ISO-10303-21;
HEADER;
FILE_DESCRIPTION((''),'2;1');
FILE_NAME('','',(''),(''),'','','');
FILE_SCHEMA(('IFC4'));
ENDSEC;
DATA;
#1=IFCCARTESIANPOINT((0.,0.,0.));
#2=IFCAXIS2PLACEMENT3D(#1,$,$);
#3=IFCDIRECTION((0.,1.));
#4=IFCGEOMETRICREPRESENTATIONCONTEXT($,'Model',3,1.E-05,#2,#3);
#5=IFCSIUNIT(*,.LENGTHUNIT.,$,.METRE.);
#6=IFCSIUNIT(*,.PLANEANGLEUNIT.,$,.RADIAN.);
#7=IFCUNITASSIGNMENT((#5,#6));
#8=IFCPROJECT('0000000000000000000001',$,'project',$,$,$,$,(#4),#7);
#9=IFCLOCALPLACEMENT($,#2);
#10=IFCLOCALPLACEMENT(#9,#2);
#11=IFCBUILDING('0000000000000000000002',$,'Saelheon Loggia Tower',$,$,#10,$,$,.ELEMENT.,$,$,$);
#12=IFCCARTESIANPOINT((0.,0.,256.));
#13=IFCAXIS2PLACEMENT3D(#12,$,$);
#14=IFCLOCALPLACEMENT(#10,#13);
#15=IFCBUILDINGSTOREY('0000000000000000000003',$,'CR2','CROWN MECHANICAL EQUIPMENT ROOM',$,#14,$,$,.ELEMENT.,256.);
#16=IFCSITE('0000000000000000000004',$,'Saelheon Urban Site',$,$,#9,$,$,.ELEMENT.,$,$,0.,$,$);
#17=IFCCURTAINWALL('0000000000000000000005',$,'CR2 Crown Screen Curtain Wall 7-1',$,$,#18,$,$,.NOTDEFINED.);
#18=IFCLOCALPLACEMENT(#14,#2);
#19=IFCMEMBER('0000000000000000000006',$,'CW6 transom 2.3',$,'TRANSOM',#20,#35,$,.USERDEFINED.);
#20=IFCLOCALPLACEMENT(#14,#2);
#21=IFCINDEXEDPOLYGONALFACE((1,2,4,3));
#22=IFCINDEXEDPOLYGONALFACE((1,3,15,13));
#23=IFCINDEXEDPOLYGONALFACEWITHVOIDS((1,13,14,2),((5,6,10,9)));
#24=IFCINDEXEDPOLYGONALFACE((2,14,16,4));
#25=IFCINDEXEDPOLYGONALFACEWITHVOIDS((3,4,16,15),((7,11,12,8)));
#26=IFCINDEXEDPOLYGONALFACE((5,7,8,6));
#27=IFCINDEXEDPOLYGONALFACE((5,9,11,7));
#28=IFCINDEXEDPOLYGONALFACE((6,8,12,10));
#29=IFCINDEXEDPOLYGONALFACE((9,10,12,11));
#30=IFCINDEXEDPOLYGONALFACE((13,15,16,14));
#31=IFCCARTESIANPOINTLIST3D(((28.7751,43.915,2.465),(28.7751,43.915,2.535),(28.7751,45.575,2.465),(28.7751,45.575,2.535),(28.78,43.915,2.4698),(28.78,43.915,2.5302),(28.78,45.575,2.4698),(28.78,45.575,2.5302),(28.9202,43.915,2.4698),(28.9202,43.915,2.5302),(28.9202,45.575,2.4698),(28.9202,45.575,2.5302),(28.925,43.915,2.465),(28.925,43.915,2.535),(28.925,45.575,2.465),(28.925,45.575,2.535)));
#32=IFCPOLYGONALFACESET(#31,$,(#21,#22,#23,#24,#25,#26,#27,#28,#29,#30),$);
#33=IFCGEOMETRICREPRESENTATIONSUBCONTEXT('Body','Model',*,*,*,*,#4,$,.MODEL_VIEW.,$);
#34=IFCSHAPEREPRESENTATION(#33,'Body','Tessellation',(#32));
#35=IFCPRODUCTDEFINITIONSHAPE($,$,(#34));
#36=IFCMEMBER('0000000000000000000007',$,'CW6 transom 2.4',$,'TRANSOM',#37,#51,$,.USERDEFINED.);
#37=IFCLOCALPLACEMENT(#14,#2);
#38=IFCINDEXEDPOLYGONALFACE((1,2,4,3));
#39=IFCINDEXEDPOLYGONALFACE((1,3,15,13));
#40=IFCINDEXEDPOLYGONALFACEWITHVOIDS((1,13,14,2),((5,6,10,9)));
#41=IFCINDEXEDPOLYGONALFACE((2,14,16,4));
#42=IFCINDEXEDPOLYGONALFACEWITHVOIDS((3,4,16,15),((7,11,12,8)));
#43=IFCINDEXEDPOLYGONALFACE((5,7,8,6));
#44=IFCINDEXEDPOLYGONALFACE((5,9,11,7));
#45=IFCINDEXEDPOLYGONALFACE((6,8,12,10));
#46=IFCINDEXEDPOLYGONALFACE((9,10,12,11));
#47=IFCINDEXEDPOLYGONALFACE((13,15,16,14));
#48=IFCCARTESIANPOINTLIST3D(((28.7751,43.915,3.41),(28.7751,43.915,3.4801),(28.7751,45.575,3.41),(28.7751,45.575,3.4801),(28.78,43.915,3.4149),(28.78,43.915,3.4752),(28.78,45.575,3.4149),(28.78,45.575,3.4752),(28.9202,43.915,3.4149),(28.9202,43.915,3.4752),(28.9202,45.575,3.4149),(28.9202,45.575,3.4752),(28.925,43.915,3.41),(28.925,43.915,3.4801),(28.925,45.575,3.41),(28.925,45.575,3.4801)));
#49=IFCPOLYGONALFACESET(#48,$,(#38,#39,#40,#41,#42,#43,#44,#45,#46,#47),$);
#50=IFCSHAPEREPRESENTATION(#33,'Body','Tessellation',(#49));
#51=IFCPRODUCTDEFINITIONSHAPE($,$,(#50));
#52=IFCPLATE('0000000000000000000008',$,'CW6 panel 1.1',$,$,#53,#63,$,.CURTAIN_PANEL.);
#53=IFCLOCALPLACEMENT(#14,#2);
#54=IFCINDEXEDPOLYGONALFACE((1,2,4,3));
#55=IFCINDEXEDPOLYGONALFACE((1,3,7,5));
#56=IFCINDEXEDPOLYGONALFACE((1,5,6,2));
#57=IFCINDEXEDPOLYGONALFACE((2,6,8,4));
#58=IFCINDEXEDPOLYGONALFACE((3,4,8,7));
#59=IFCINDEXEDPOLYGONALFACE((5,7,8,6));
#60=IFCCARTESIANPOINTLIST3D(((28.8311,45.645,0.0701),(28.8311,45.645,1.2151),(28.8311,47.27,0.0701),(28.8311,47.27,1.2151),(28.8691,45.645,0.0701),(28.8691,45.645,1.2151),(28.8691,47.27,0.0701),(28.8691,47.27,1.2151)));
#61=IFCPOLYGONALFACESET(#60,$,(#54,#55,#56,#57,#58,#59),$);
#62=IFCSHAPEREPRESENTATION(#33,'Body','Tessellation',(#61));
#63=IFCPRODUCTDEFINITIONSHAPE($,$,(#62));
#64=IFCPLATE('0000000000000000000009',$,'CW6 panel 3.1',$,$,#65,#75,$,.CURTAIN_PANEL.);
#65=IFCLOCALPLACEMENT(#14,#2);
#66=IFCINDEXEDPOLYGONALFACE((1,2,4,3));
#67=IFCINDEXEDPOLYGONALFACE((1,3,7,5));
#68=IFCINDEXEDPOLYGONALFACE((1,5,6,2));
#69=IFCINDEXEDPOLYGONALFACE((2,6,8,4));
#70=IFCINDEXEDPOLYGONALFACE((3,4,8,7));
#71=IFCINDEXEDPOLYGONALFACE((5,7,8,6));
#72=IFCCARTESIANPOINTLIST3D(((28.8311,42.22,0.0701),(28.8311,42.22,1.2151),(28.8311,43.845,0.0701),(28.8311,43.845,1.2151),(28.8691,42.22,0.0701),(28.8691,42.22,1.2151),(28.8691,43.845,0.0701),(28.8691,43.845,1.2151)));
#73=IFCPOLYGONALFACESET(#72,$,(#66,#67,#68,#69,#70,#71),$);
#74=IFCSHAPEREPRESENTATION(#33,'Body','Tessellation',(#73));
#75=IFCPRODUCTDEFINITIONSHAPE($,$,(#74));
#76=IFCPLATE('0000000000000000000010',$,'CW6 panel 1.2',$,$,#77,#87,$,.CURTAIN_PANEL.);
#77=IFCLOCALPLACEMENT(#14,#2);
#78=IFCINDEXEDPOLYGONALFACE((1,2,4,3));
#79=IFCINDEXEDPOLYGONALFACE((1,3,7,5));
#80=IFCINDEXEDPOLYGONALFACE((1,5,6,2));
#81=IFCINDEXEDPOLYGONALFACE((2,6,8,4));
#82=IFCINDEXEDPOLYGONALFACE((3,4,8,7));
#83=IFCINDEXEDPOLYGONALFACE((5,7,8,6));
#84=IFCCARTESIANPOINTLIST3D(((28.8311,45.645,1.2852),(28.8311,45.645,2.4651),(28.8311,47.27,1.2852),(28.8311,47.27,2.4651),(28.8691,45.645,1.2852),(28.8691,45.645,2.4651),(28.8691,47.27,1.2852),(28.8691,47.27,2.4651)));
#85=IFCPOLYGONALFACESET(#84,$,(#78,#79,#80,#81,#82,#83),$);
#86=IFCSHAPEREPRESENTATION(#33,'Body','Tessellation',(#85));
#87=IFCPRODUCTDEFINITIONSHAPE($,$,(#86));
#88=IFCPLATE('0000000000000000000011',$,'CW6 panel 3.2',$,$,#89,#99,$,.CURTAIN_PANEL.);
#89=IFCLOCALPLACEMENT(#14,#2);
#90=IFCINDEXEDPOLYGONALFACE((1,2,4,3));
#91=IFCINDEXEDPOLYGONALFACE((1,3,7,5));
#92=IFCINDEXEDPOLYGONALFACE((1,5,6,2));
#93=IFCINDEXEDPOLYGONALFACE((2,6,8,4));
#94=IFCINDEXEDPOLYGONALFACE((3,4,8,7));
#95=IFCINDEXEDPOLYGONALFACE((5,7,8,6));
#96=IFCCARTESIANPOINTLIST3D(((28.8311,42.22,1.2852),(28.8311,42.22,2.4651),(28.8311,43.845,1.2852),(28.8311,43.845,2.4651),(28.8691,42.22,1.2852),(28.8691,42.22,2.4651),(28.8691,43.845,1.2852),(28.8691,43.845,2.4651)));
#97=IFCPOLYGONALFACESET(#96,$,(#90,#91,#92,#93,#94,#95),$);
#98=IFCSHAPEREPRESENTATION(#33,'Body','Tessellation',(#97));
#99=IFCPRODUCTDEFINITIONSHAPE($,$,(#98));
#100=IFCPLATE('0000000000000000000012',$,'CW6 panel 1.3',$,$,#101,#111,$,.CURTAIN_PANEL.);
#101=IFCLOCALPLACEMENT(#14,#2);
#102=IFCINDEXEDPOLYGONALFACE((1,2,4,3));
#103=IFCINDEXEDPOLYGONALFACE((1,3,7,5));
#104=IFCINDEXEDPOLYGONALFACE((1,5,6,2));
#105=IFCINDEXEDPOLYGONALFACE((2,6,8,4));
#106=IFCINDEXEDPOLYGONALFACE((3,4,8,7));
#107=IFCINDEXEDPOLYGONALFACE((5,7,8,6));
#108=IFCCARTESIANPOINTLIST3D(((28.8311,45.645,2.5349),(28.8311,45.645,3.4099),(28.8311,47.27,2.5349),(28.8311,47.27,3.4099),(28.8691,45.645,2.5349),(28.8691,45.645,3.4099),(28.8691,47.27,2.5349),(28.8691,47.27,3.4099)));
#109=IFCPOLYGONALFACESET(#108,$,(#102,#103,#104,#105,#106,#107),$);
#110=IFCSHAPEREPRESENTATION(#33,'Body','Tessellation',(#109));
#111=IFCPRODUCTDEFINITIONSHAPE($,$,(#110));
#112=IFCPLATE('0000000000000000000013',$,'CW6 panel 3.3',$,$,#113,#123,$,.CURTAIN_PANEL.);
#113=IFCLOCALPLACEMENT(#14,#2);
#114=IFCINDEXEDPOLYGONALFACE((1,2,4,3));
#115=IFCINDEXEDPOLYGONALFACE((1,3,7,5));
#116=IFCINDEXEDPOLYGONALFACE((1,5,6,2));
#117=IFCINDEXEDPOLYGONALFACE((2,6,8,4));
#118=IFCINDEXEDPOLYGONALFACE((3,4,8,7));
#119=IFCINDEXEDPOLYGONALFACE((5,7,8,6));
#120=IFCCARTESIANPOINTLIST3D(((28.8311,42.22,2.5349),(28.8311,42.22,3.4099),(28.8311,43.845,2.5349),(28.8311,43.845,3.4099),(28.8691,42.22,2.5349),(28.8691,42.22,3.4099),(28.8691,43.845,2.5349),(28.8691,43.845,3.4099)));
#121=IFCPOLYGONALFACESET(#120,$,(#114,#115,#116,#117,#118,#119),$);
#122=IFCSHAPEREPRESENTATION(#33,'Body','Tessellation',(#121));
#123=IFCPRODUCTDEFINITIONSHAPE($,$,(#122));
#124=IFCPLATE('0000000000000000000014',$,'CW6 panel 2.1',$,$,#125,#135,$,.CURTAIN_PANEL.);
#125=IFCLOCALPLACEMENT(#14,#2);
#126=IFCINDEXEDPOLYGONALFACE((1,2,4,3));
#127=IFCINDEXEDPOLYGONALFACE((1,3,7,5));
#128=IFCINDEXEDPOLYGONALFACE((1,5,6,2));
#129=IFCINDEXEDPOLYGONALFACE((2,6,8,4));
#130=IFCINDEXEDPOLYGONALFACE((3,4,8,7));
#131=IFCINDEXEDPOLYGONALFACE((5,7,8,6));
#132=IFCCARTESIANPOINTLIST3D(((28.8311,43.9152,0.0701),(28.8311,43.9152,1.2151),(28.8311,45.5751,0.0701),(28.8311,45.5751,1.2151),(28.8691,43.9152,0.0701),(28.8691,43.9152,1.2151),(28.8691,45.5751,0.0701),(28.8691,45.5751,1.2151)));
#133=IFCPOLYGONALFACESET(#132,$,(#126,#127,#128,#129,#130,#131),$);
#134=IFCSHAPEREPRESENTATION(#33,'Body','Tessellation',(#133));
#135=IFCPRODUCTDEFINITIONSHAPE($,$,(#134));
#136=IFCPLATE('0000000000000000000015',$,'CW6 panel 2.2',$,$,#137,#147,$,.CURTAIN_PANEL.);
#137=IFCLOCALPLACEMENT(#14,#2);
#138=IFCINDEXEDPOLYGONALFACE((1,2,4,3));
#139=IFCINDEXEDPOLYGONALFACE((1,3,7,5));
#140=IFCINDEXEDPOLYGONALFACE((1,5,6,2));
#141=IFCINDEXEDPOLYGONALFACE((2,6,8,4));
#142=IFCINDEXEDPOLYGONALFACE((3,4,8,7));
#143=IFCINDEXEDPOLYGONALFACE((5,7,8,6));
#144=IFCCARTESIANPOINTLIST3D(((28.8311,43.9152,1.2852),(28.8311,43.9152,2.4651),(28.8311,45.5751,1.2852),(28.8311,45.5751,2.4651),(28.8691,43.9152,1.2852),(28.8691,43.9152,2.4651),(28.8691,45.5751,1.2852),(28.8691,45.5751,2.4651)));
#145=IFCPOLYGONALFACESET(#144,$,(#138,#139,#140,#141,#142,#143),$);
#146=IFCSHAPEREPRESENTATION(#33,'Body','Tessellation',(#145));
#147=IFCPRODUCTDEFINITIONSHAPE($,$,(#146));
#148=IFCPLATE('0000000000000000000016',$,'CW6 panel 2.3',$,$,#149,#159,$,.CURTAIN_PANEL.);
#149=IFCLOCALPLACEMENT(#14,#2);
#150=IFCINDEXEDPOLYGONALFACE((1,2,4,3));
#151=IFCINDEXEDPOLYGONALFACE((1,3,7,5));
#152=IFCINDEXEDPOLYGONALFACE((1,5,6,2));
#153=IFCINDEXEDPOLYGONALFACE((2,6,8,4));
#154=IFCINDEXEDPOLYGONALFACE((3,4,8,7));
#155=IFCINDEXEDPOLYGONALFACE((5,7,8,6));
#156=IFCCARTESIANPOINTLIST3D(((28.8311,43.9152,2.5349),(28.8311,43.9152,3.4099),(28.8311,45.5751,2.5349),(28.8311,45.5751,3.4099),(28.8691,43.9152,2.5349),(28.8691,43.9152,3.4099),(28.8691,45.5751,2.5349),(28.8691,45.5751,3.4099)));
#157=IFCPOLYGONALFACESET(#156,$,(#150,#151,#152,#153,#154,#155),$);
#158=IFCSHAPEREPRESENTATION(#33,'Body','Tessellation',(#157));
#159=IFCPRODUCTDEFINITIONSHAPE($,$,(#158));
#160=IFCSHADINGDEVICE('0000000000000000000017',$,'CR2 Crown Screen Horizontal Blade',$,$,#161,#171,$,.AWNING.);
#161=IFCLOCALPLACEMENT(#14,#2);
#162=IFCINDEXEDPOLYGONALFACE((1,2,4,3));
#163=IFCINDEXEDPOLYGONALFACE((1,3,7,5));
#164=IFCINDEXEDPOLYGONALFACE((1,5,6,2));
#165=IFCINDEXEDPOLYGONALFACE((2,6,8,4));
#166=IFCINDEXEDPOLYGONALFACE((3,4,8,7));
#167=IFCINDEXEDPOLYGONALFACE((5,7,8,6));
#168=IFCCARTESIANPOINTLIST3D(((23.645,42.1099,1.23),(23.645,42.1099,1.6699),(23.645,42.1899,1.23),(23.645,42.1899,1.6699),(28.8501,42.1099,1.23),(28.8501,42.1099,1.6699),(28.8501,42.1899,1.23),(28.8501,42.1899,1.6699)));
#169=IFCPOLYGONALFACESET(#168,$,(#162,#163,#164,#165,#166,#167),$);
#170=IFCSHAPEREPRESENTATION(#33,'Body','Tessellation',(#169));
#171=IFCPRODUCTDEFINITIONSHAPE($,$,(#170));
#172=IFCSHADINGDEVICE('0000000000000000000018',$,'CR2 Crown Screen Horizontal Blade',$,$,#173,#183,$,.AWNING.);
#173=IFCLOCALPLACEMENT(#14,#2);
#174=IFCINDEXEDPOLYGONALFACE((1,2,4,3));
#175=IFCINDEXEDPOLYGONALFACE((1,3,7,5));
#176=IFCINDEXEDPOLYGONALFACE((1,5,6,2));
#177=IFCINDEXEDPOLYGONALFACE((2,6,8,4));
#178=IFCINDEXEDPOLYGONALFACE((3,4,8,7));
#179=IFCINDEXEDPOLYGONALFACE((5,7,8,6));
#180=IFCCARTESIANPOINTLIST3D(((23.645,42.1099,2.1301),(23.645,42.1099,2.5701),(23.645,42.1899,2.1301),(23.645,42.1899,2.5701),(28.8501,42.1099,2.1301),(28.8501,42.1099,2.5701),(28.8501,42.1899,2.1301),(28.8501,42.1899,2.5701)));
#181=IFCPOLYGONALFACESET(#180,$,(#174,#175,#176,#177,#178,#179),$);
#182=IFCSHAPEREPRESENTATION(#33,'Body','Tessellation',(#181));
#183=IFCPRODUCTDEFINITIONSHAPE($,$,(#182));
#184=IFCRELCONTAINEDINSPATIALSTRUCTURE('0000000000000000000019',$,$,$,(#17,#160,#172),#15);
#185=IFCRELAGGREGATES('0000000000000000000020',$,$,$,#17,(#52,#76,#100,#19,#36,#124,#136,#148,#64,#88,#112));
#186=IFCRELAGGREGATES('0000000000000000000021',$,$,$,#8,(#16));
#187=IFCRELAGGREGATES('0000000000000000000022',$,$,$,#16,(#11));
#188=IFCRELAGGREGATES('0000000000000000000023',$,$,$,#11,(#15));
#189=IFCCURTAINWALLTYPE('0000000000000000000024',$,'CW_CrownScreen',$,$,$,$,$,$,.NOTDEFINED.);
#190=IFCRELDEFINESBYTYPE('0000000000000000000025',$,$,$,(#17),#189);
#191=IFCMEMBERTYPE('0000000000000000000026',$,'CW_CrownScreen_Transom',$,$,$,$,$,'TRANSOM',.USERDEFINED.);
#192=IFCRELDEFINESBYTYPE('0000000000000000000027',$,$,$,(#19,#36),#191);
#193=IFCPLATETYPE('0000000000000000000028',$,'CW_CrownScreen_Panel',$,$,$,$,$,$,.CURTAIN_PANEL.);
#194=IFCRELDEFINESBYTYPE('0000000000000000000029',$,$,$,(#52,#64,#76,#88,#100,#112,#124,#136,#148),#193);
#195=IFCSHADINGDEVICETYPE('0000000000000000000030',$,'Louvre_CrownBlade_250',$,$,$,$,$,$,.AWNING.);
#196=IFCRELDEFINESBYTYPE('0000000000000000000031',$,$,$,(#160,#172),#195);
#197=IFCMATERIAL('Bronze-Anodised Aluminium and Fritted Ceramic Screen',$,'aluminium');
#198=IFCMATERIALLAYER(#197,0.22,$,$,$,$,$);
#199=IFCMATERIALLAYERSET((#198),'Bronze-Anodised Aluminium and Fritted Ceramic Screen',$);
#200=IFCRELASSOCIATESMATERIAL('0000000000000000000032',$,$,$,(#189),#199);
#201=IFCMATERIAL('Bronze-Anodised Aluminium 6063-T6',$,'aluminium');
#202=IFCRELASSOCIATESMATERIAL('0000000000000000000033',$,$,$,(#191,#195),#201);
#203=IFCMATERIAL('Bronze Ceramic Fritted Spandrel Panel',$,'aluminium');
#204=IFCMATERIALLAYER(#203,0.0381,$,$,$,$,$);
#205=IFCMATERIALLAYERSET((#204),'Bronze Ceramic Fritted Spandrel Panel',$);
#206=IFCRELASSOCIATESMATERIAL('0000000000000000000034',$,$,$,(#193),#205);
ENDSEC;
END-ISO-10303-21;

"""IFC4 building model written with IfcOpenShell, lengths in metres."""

from ifc_helpers import new_model, si_unit, direction, frame, origin, origin_2d, place, context, subcontext, project, spatial, rectangle, hollow_rectangle, extrude, source, transform, mapped, material, layer, layer_set, material_profile, profile_set, type_object, element, aggregate, save


model = new_model("IFC4")

# Units and contexts
model_context = context("Model", 3, precision=1e-05, world=origin(), true_north=direction((0.0, 1.0)))
body_context = subcontext(model_context, "Body", "Model", "MODEL_VIEW")
ifc_project = project(units=[si_unit("LENGTHUNIT", "METRE"), si_unit("PLANEANGLEUNIT", "RADIAN")], contexts=[model_context])

# Site, building, storey
site_placement = place(None, origin())
site = spatial("IfcSite", under=ifc_project, at=site_placement, Name="Saelheon Urban Site", CompositionType="ELEMENT", RefElevation=0.0)
building_placement = place(site_placement, origin())
building = spatial("IfcBuilding", under=site, at=building_placement, Name="Saelheon Loggia Tower", CompositionType="ELEMENT")
storey_placement = place(building_placement, frame((0.0, 0.0, 256.0)))
storey = spatial("IfcBuildingStorey", under=building, at=storey_placement, Name="CR2", Description="CROWN MECHANICAL EQUIPMENT ROOM", CompositionType="ELEMENT", Elevation=256.0)

# Curtain wall, members, plates
ifc_material_1 = material(Name="Bronze-Anodised Aluminium and Fritted Ceramic Screen", Category="aluminium")
ifc_layer_1 = layer(ifc_material_1, 0.22)
ifc_layer_set_1 = layer_set([ifc_layer_1], Name="Bronze-Anodised Aluminium and Fritted Ceramic Screen")
curtain_wall_type = type_object("IfcCurtainWallType", Name="CW_CrownScreen", PredefinedType="NOTDEFINED", material=ifc_layer_set_1)
curtain_wall_placement = place(storey_placement, origin())
curtain_wall = element("IfcCurtainWall", 1, at=curtain_wall_placement, inside=storey, type_object=curtain_wall_type, Name="CR2 Crown Screen Curtain Wall 7-1", PredefinedType="NOTDEFINED")
ifc_material_2 = material(Name="Bronze-Anodised Aluminium 6063-T6", Category="aluminium")
ifc_material_profile_1 = material_profile(ifc_material_2, hollow_rectangle(XDim=0.0701, YDim=0.1499, WallThickness=0.0049, at=origin_2d()), Name="RHS-150x70x5")
ifc_profile_set_1 = profile_set([ifc_material_profile_1], Name="Bronze-Anodised Aluminium 6063-T6")
member_type_1 = type_object("IfcMemberType", Name="CW_CrownScreen_Transom", ElementType="TRANSOM", PredefinedType="USERDEFINED", material=ifc_profile_set_1)
shared_shape_1 = source(origin(), body_context, "Body", "SweptSolid", [
    extrude(hollow_rectangle(XDim=0.0701, YDim=0.1499, WallThickness=0.0049, at=origin_2d()), origin(), (0.0, 0.0, 1.0), 1.6599),
])
member_1_placement = place(storey_placement, frame((28.8501, 45.575, 2.5), z_axis=(0.0, -1.0, 0.0), x_axis=(0.0, 0.0, 1.0)))
member_1 = element("IfcMember", 2, at=member_1_placement, type_object=member_type_1, Name="CW6 transom 2.3", ObjectType="TRANSOM", PredefinedType="USERDEFINED", context=body_context, shape_type="MappedRepresentation", body=[
    mapped(shared_shape_1, transform((0.0, 0.0, 0.0), scale=1.0)),
])
member_2_placement = place(storey_placement, frame((28.8501, 45.575, 3.4451), z_axis=(0.0, -1.0, 0.0), x_axis=(0.0, 0.0, 1.0)))
member_2 = element("IfcMember", 3, at=member_2_placement, type_object=member_type_1, Name="CW6 transom 2.4", ObjectType="TRANSOM", PredefinedType="USERDEFINED", context=body_context, shape_type="MappedRepresentation", body=[
    mapped(shared_shape_1, transform((0.0, 0.0, 0.0), scale=1.0)),
])
ifc_material_3 = material(Name="Bronze Ceramic Fritted Spandrel Panel", Category="aluminium")
ifc_layer_2 = layer(ifc_material_3, 0.0381)
ifc_layer_set_2 = layer_set([ifc_layer_2], Name="Bronze Ceramic Fritted Spandrel Panel")
plate_type = type_object("IfcPlateType", Name="CW_CrownScreen_Panel", PredefinedType="CURTAIN_PANEL", material=ifc_layer_set_2)
shared_shape_2 = source(origin(), body_context, "Body", "SweptSolid", [
    extrude(rectangle(XDim=1.625, YDim=0.0381, at=origin_2d()), origin(), (0.0, 0.0, 1.0), 1.145),
])
plate_1_placement = place(storey_placement, frame((28.8501, 46.4575, 0.0701), z_axis=(0.0, 0.0, 1.0), x_axis=(0.0, -1.0, 0.0)))
plate_1 = element("IfcPlate", 4, at=plate_1_placement, type_object=plate_type, Name="CW6 panel 1.1", PredefinedType="CURTAIN_PANEL", context=body_context, shape_type="MappedRepresentation", body=[
    mapped(shared_shape_2, transform((0.0, 0.0, 0.0), scale=1.0)),
])
plate_2_placement = place(storey_placement, frame((28.8501, 43.0325, 0.0701), z_axis=(0.0, 0.0, 1.0), x_axis=(0.0, -1.0, 0.0)))
plate_2 = element("IfcPlate", 5, at=plate_2_placement, type_object=plate_type, Name="CW6 panel 3.1", PredefinedType="CURTAIN_PANEL", context=body_context, shape_type="MappedRepresentation", body=[
    mapped(shared_shape_2, transform((0.0, 0.0, 0.0), scale=1.0)),
])
shared_shape_3 = source(origin(), body_context, "Body", "SweptSolid", [
    extrude(rectangle(XDim=1.625, YDim=0.0381, at=origin_2d()), origin(), (0.0, 0.0, 1.0), 1.1799),
])
plate_3_placement = place(storey_placement, frame((28.8501, 46.4575, 1.2852), z_axis=(0.0, 0.0, 1.0), x_axis=(0.0, -1.0, 0.0)))
plate_3 = element("IfcPlate", 6, at=plate_3_placement, type_object=plate_type, Name="CW6 panel 1.2", PredefinedType="CURTAIN_PANEL", context=body_context, shape_type="MappedRepresentation", body=[
    mapped(shared_shape_3, transform((0.0, 0.0, 0.0), scale=1.0)),
])
plate_4_placement = place(storey_placement, frame((28.8501, 43.0325, 1.2852), z_axis=(0.0, 0.0, 1.0), x_axis=(0.0, -1.0, 0.0)))
plate_4 = element("IfcPlate", 7, at=plate_4_placement, type_object=plate_type, Name="CW6 panel 3.2", PredefinedType="CURTAIN_PANEL", context=body_context, shape_type="MappedRepresentation", body=[
    mapped(shared_shape_3, transform((0.0, 0.0, 0.0), scale=1.0)),
])
shared_shape_4 = source(origin(), body_context, "Body", "SweptSolid", [
    extrude(rectangle(XDim=1.625, YDim=0.0381, at=origin_2d()), origin(), (0.0, 0.0, 1.0), 0.875),
])
plate_5_placement = place(storey_placement, frame((28.8501, 46.4575, 2.5349), z_axis=(0.0, 0.0, 1.0), x_axis=(0.0, -1.0, 0.0)))
plate_5 = element("IfcPlate", 8, at=plate_5_placement, type_object=plate_type, Name="CW6 panel 1.3", PredefinedType="CURTAIN_PANEL", context=body_context, shape_type="MappedRepresentation", body=[
    mapped(shared_shape_4, transform((0.0, 0.0, 0.0), scale=1.0)),
])
plate_6_placement = place(storey_placement, frame((28.8501, 43.0325, 2.5349), z_axis=(0.0, 0.0, 1.0), x_axis=(0.0, -1.0, 0.0)))
plate_6 = element("IfcPlate", 9, at=plate_6_placement, type_object=plate_type, Name="CW6 panel 3.3", PredefinedType="CURTAIN_PANEL", context=body_context, shape_type="MappedRepresentation", body=[
    mapped(shared_shape_4, transform((0.0, 0.0, 0.0), scale=1.0)),
])
shared_shape_5 = source(origin(), body_context, "Body", "SweptSolid", [
    extrude(rectangle(XDim=1.6599, YDim=0.0381, at=origin_2d()), origin(), (0.0, 0.0, 1.0), 1.145),
])
plate_7_placement = place(storey_placement, frame((28.8501, 44.7451, 0.0701), z_axis=(0.0, 0.0, 1.0), x_axis=(0.0, -1.0, 0.0)))
plate_7 = element("IfcPlate", 10, at=plate_7_placement, type_object=plate_type, Name="CW6 panel 2.1", PredefinedType="CURTAIN_PANEL", context=body_context, shape_type="MappedRepresentation", body=[
    mapped(shared_shape_5, transform((0.0, 0.0, 0.0), scale=1.0)),
])
shared_shape_6 = source(origin(), body_context, "Body", "SweptSolid", [
    extrude(rectangle(XDim=1.6599, YDim=0.0381, at=origin_2d()), origin(), (0.0, 0.0, 1.0), 1.1799),
])
plate_8_placement = place(storey_placement, frame((28.8501, 44.7451, 1.2852), z_axis=(0.0, 0.0, 1.0), x_axis=(0.0, -1.0, 0.0)))
plate_8 = element("IfcPlate", 11, at=plate_8_placement, type_object=plate_type, Name="CW6 panel 2.2", PredefinedType="CURTAIN_PANEL", context=body_context, shape_type="MappedRepresentation", body=[
    mapped(shared_shape_6, transform((0.0, 0.0, 0.0), scale=1.0)),
])
shared_shape_7 = source(origin(), body_context, "Body", "SweptSolid", [
    extrude(rectangle(XDim=1.6599, YDim=0.0381, at=origin_2d()), origin(), (0.0, 0.0, 1.0), 0.875),
])
plate_9_placement = place(storey_placement, frame((28.8501, 44.7451, 2.5349), z_axis=(0.0, 0.0, 1.0), x_axis=(0.0, -1.0, 0.0)))
plate_9 = element("IfcPlate", 12, at=plate_9_placement, type_object=plate_type, Name="CW6 panel 2.3", PredefinedType="CURTAIN_PANEL", context=body_context, shape_type="MappedRepresentation", body=[
    mapped(shared_shape_7, transform((0.0, 0.0, 0.0), scale=1.0)),
])
aggregate(curtain_wall, [plate_1, plate_3, plate_5, member_1, member_2, plate_7, plate_8, plate_9, plate_2, plate_4, plate_6])

# Shading devices
ifc_material_profile_2 = material_profile(ifc_material_2, rectangle(XDim=0.0801, YDim=0.4399, at=origin_2d()), Name="Louvre_CrownBlade_250")
ifc_profile_set_2 = profile_set([ifc_material_profile_2], Name="Bronze-Anodised Aluminium 6063-T6")
shading_device_type = type_object("IfcShadingDeviceType", Name="Louvre_CrownBlade_250", PredefinedType="AWNING", material=ifc_profile_set_2)
shared_shape_8 = source(origin(), body_context, "Body", "SweptSolid", [
    extrude(rectangle(XDim=0.0801, YDim=0.4399, at=origin_2d()), origin(), (0.0, 0.0, 1.0), 5.2051),
])
for number, where, z_axis, x_axis, name in (
    (13, (28.8501, 42.1499, 1.45), (-1.0, 0.0, 0.0), (0.0, -1.0, 0.0), "CR2 Crown Screen Horizontal Blade"),
    (14, (28.8501, 42.1499, 2.3501), (-1.0, 0.0, 0.0), (0.0, -1.0, 0.0), "CR2 Crown Screen Horizontal Blade"),
):
    element("IfcShadingDevice", number, at=place(storey_placement, frame(where, z_axis=z_axis, x_axis=x_axis)), inside=storey, type_object=shading_device_type, Name=name, PredefinedType="AWNING", context=body_context, shape_type="MappedRepresentation", body=[
        mapped(shared_shape_8, transform((0.0, 0.0, 0.0), scale=1.0)),
    ])

save(model, "model.ifc")
